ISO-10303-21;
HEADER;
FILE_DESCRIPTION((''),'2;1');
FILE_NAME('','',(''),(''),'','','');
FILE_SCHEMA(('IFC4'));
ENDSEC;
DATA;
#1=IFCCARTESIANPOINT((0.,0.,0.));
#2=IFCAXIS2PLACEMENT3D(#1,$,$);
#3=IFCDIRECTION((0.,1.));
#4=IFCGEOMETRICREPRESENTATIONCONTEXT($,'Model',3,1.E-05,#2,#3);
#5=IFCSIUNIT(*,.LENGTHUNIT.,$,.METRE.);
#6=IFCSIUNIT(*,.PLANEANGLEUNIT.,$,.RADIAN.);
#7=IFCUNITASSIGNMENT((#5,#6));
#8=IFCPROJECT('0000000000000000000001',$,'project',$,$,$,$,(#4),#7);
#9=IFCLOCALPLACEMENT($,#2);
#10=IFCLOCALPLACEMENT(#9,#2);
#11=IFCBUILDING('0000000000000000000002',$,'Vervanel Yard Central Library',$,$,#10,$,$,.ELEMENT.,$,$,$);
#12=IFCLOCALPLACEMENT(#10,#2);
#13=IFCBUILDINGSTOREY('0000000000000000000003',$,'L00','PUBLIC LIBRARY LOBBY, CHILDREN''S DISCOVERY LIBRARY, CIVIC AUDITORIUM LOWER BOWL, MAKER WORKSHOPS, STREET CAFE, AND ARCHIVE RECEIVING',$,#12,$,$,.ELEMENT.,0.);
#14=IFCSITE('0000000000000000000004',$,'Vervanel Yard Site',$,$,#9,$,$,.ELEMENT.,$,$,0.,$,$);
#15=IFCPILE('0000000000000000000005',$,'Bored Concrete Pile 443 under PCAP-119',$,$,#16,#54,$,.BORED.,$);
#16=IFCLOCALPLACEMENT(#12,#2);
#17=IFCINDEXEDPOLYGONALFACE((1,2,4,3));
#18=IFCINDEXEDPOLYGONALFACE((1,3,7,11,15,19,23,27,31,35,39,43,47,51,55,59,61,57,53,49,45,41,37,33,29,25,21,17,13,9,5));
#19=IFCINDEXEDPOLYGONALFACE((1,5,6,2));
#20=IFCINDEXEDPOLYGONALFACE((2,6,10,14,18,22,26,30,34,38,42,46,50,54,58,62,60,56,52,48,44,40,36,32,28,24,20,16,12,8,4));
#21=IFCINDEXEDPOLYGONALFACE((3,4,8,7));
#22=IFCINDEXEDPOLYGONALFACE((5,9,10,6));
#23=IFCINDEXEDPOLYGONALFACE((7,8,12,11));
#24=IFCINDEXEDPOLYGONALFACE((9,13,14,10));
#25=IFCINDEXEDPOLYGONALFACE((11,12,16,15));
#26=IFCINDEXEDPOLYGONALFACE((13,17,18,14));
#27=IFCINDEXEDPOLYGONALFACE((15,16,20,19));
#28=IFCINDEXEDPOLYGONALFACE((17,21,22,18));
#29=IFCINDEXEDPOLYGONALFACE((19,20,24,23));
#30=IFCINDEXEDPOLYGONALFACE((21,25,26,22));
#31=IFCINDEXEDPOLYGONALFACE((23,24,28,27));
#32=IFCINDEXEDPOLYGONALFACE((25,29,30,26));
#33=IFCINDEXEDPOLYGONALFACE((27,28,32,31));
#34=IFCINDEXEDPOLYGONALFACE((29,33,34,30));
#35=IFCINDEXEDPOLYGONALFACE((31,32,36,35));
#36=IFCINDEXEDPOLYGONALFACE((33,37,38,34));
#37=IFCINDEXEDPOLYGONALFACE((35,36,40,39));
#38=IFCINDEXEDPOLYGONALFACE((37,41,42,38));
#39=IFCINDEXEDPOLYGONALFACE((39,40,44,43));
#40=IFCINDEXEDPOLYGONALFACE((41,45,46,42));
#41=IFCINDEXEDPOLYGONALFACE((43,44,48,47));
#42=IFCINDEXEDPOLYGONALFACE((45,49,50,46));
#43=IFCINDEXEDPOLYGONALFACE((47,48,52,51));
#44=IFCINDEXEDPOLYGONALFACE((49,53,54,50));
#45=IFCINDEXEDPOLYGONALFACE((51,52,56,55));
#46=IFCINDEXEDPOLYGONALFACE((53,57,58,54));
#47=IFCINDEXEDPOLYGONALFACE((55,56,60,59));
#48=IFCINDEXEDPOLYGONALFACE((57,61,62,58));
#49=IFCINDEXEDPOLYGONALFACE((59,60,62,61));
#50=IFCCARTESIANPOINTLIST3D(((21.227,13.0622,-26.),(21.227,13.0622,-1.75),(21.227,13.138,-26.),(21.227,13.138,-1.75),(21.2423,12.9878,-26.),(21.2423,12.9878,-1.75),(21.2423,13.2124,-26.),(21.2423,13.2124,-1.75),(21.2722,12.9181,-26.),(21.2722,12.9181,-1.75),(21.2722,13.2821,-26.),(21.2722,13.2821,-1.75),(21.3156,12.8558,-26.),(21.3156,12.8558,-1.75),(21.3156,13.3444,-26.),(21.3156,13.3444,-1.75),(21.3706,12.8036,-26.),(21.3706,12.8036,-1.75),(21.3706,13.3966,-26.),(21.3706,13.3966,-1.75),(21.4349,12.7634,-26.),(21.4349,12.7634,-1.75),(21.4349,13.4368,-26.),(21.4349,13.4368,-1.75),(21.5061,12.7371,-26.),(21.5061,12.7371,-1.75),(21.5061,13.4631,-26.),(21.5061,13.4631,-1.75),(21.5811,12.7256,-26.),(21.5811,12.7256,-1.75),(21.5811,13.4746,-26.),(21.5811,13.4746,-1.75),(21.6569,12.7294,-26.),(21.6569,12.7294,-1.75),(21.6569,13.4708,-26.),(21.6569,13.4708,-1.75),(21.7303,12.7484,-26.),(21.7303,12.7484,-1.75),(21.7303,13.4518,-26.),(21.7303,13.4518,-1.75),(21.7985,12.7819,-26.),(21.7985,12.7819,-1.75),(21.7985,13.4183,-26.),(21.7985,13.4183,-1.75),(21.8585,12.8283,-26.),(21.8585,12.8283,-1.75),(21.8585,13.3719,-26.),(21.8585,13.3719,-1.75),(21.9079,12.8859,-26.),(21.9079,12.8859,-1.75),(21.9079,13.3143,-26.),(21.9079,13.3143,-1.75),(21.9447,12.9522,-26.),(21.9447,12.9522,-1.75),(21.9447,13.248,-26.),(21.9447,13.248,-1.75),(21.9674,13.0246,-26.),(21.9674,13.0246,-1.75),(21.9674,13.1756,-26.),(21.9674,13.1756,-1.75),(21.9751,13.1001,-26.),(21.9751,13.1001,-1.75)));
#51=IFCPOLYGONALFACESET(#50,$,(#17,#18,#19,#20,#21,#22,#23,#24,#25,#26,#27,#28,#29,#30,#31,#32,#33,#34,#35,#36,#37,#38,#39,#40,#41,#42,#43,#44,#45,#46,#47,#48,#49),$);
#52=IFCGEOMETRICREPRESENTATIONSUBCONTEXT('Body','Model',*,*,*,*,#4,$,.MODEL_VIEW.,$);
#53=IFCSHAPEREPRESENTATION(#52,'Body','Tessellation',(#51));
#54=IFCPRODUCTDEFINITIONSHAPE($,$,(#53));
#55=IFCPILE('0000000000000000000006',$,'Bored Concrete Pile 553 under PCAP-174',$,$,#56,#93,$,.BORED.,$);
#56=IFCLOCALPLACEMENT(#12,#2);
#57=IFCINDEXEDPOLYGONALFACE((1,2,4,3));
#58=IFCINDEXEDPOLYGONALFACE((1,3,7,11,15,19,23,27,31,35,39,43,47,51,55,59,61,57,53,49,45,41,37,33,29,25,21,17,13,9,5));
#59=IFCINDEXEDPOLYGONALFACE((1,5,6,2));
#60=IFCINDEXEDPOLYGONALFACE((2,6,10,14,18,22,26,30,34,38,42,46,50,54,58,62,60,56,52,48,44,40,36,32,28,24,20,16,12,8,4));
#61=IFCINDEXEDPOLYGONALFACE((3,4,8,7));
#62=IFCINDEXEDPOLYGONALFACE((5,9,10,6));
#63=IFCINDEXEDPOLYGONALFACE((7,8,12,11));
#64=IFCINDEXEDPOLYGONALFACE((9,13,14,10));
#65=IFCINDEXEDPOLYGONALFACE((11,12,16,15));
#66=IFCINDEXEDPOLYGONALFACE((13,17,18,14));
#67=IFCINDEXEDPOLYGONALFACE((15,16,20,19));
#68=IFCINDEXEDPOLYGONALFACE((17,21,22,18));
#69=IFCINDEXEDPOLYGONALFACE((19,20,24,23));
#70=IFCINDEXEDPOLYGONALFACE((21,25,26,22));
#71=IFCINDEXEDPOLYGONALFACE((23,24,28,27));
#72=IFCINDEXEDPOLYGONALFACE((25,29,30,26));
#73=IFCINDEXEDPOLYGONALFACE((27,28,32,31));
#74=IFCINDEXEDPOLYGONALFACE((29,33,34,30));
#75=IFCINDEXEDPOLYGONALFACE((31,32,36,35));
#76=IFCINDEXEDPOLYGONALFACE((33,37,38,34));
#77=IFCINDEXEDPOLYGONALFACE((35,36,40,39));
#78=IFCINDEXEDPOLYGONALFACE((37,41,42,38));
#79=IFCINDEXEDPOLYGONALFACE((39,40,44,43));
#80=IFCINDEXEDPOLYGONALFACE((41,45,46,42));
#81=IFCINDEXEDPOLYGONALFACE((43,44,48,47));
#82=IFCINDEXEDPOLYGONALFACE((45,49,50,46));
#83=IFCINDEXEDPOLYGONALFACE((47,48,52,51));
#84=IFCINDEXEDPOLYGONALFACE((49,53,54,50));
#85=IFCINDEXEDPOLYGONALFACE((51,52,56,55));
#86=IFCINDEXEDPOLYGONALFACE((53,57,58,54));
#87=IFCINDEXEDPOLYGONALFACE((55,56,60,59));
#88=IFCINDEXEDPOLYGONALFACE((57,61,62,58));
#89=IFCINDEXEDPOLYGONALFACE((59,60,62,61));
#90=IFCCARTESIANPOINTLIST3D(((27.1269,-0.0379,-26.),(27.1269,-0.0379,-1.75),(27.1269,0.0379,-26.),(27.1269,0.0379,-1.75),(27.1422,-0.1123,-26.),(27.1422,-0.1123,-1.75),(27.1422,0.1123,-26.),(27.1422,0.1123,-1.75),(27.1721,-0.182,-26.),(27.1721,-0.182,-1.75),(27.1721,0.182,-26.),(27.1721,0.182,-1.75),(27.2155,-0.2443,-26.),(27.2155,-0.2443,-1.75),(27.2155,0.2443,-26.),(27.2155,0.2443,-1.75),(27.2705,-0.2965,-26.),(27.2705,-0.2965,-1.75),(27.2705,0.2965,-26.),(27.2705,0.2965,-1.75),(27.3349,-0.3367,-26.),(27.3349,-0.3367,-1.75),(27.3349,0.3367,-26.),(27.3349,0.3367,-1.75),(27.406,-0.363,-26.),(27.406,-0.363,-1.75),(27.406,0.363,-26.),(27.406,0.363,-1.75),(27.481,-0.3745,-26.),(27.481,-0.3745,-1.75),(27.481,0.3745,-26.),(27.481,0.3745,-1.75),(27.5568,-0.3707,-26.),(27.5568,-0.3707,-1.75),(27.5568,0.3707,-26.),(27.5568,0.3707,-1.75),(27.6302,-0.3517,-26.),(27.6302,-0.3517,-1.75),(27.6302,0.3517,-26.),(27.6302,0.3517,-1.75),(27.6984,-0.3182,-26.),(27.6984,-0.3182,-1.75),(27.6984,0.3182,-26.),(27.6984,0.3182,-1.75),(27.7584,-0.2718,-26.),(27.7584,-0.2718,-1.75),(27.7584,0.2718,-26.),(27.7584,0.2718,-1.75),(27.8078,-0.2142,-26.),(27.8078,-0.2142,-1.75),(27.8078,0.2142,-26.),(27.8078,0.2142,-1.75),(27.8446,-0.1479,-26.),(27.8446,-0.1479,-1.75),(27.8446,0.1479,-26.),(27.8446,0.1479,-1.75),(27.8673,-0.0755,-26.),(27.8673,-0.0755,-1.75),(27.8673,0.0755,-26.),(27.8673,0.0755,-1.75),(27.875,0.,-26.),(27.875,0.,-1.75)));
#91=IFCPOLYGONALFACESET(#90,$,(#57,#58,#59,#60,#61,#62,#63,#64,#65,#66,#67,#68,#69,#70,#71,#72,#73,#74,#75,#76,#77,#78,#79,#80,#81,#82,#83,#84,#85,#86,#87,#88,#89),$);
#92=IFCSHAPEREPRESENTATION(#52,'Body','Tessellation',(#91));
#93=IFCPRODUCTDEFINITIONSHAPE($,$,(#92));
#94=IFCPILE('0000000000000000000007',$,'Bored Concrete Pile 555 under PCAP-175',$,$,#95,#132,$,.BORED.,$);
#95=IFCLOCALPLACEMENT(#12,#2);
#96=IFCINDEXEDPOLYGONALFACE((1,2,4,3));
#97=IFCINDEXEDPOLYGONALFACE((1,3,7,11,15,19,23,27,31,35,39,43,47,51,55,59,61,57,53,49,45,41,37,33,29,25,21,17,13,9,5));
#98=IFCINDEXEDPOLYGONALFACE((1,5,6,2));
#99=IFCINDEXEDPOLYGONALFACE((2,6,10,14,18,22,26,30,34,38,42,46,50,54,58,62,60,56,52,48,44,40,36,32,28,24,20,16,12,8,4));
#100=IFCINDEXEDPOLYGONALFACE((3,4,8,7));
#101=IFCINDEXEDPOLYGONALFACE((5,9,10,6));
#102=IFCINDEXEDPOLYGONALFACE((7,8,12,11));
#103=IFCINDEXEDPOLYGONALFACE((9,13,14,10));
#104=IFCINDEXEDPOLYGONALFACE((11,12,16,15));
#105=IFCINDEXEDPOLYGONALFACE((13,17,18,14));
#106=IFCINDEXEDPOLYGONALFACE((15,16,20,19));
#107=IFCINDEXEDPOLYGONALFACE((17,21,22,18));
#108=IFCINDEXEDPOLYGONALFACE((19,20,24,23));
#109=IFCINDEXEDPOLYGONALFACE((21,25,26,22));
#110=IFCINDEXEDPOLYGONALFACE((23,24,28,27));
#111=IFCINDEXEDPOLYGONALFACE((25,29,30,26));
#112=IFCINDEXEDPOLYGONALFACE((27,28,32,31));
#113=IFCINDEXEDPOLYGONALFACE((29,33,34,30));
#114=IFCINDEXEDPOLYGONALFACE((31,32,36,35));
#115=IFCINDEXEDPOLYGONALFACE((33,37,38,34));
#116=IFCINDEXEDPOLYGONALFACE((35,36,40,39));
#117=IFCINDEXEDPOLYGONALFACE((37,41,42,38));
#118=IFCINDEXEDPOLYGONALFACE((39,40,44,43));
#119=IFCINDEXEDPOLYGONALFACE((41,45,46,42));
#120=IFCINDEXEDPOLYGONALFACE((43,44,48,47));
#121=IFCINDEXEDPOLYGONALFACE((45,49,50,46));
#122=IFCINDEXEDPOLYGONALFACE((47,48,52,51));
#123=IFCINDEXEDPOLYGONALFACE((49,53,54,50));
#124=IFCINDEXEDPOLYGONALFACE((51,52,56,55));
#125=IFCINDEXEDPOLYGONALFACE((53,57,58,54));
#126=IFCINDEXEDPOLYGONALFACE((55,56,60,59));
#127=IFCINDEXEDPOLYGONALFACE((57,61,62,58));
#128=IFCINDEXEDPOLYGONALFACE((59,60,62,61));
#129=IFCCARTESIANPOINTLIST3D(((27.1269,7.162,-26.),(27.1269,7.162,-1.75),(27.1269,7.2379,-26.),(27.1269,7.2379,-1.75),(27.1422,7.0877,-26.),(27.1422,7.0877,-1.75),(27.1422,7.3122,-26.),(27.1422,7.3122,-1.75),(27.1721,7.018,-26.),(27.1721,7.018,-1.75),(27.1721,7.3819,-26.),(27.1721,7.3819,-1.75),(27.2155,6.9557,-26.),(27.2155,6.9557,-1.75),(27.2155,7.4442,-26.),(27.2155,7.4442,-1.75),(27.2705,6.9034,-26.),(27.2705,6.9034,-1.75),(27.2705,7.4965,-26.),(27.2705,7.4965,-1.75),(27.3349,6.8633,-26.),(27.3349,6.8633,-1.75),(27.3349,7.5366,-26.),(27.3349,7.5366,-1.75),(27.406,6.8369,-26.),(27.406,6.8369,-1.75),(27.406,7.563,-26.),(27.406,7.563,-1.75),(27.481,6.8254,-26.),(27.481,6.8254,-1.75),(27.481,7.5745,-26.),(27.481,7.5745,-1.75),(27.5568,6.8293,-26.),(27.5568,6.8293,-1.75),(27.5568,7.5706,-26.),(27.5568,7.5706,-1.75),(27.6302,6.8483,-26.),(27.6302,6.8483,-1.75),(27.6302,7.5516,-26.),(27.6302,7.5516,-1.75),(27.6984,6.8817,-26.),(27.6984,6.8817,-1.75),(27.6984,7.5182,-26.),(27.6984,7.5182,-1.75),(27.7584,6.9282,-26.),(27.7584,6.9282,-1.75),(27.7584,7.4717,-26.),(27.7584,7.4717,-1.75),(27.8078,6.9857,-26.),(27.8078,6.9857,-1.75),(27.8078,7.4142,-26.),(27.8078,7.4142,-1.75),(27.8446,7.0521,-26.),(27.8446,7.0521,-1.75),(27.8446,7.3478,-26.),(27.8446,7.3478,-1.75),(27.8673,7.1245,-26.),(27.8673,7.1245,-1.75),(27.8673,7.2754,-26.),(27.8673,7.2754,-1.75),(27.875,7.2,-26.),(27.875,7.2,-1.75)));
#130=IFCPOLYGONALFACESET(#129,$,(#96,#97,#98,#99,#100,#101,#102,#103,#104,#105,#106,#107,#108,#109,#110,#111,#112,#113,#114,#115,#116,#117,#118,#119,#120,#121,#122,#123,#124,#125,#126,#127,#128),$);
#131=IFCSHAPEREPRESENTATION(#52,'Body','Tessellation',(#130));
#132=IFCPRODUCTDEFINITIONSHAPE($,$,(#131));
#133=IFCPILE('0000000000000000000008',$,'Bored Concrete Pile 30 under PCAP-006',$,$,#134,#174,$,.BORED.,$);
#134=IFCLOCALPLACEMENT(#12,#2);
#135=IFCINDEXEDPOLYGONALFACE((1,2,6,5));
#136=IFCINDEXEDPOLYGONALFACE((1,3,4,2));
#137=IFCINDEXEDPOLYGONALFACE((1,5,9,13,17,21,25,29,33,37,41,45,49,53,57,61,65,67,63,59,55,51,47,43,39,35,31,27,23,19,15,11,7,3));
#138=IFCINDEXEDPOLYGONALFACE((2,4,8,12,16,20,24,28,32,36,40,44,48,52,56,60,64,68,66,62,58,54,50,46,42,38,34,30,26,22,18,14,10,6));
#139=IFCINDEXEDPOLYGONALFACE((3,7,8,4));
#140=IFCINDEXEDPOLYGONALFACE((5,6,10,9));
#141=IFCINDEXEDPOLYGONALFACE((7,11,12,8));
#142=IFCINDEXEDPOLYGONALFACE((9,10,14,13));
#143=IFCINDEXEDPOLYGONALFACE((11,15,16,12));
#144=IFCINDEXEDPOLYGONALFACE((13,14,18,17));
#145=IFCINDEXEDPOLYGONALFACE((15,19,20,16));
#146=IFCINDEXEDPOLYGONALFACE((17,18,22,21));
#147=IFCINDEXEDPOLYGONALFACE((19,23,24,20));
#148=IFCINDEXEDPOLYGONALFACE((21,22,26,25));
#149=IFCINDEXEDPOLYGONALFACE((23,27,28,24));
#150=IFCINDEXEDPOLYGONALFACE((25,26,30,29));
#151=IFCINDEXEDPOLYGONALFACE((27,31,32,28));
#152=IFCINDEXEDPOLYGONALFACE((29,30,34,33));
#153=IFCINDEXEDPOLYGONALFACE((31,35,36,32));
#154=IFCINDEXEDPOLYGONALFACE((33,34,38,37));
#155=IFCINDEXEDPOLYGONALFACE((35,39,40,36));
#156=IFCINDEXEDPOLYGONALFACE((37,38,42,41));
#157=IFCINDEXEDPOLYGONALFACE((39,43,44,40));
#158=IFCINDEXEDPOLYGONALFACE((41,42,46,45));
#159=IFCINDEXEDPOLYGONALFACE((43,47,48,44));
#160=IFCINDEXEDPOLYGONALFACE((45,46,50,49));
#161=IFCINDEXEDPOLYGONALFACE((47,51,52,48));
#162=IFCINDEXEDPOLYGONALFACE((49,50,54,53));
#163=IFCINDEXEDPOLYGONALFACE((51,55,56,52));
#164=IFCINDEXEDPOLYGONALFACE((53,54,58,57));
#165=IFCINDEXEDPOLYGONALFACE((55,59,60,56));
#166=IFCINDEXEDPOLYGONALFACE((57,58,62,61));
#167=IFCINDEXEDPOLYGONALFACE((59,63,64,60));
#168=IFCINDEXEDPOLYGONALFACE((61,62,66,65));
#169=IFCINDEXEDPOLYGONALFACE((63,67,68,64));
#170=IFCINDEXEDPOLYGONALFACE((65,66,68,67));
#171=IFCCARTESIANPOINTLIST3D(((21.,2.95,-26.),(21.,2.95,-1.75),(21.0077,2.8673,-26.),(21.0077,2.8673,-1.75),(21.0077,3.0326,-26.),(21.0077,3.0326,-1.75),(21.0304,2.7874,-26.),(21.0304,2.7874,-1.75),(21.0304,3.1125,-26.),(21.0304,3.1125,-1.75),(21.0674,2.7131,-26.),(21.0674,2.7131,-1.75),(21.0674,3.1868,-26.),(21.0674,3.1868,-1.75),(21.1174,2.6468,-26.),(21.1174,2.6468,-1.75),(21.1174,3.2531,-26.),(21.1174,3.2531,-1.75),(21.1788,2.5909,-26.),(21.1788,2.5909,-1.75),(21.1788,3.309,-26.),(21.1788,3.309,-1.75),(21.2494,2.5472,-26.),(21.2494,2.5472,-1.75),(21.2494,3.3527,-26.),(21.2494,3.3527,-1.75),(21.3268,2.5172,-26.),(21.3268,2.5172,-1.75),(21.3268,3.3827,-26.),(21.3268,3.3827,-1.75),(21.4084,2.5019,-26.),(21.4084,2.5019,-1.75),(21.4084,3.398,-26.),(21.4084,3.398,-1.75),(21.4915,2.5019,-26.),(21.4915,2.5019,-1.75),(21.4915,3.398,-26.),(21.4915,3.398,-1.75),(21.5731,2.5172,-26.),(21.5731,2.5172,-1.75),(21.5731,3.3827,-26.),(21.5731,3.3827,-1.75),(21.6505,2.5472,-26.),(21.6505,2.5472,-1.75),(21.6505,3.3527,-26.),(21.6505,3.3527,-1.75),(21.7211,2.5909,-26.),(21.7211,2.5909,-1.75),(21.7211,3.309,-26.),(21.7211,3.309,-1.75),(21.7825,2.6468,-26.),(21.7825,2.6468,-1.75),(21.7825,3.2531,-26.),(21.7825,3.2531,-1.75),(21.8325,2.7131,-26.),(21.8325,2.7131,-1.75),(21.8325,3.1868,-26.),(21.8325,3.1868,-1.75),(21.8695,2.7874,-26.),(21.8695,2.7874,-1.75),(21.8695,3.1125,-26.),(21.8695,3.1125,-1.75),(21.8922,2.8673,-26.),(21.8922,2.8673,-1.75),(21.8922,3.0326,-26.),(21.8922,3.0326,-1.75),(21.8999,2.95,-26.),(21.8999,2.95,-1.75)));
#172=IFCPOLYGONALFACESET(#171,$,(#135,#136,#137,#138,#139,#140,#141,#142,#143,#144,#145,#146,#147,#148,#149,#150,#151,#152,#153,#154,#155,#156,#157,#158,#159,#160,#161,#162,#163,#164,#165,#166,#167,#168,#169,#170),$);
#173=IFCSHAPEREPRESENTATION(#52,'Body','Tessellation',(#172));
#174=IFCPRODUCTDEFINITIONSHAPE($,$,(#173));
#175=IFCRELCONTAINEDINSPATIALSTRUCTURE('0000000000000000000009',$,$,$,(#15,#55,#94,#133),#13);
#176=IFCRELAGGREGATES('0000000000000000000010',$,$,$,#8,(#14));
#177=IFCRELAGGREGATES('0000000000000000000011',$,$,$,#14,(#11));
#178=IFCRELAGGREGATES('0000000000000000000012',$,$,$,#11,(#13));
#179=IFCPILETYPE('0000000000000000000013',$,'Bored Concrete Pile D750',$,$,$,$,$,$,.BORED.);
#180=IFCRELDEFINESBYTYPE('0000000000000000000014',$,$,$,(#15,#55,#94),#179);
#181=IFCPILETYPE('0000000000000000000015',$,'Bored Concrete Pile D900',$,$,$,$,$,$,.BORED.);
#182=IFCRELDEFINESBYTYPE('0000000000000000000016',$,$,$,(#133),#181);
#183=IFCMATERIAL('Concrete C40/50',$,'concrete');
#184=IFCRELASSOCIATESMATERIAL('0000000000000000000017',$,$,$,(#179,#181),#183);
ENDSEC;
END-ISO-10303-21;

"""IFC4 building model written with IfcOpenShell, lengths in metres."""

from ifc_helpers import new_model, si_unit, direction, frame, origin, origin_2d, place, context, subcontext, project, spatial, circle, extrude, material, material_profile, profile_set, type_object, element, save


model = new_model("IFC4")

# Units and contexts
model_context = context("Model", 3, precision=1e-05, world=origin(), true_north=direction((0.0, 1.0)))
body_context = subcontext(model_context, "Body", "Model", "MODEL_VIEW")
ifc_project = project(units=[si_unit("LENGTHUNIT", "METRE"), si_unit("PLANEANGLEUNIT", "RADIAN")], contexts=[model_context])

# Site, building, storey
site_placement = place(None, origin())
site = spatial("IfcSite", under=ifc_project, at=site_placement, Name="Vervanel Yard Site", CompositionType="ELEMENT", RefElevation=0.0)
building_placement = place(site_placement, origin())
building = spatial("IfcBuilding", under=site, at=building_placement, Name="Vervanel Yard Central Library", CompositionType="ELEMENT")
storey_placement = place(building_placement, origin())
storey = spatial("IfcBuildingStorey", under=building, at=storey_placement, Name="L00", Description="PUBLIC LIBRARY LOBBY, CHILDREN'S DISCOVERY LIBRARY, CIVIC AUDITORIUM LOWER BOWL, MAKER WORKSHOPS, STREET CAFE, AND ARCHIVE RECEIVING", CompositionType="ELEMENT", Elevation=0.0)

# Piles
ifc_material_1 = material(Name="Concrete C40/50", Category="concrete")
ifc_material_profile_1 = material_profile(ifc_material_1, circle(Radius=0.375, at=origin_2d()), Name="BP D750", Category="concrete")
ifc_profile_set_1 = profile_set([ifc_material_profile_1], Name="Concrete C40/50")
pile_type_1 = type_object("IfcPileType", Name="Bored Concrete Pile D750", PredefinedType="BORED", material=ifc_profile_set_1)
for number, where, z_axis, x_axis, name in (
    (1, (21.6001, 13.1001, -1.75), (0.0, 0.0, -1.0), (1.0, 0.0, 0.0), "Bored Concrete Pile 443 under PCAP-119"),
    (2, (27.5, 0.0, -1.75), (0.0, 0.0, -1.0), (1.0, 0.0, 0.0), "Bored Concrete Pile 553 under PCAP-174"),
    (3, (27.5, 7.2, -1.75), (0.0, 0.0, -1.0), (1.0, 0.0, 0.0), "Bored Concrete Pile 555 under PCAP-175"),
):
    element("IfcPile", number, at=place(storey_placement, frame(where, z_axis=z_axis, x_axis=x_axis)), inside=storey, type_object=pile_type_1, Name=name, PredefinedType="BORED", context=body_context, shape_type="SweptSolid", body=[
        extrude(circle(Radius=0.375, at=origin_2d()), origin(), (0.0, 0.0, 1.0), 24.25),
    ])
ifc_material_profile_2 = material_profile(ifc_material_1, circle(Radius=0.45, at=origin_2d()), Name="BP D900", Category="concrete")
ifc_profile_set_2 = profile_set([ifc_material_profile_2], Name="Concrete C40/50")
pile_type_2 = type_object("IfcPileType", Name="Bored Concrete Pile D900", PredefinedType="BORED", material=ifc_profile_set_2)
for number, where, z_axis, x_axis, name in (
    (4, (21.45, 2.95, -1.75), (0.0, 0.0, -1.0), (1.0, 0.0, 0.0), "Bored Concrete Pile 30 under PCAP-006"),
):
    element("IfcPile", number, at=place(storey_placement, frame(where, z_axis=z_axis, x_axis=x_axis)), inside=storey, type_object=pile_type_2, Name=name, PredefinedType="BORED", context=body_context, shape_type="SweptSolid", body=[
        extrude(circle(Radius=0.45, at=origin_2d()), origin(), (0.0, 0.0, 1.0), 24.25),
    ])

save(model, "model.ifc")
